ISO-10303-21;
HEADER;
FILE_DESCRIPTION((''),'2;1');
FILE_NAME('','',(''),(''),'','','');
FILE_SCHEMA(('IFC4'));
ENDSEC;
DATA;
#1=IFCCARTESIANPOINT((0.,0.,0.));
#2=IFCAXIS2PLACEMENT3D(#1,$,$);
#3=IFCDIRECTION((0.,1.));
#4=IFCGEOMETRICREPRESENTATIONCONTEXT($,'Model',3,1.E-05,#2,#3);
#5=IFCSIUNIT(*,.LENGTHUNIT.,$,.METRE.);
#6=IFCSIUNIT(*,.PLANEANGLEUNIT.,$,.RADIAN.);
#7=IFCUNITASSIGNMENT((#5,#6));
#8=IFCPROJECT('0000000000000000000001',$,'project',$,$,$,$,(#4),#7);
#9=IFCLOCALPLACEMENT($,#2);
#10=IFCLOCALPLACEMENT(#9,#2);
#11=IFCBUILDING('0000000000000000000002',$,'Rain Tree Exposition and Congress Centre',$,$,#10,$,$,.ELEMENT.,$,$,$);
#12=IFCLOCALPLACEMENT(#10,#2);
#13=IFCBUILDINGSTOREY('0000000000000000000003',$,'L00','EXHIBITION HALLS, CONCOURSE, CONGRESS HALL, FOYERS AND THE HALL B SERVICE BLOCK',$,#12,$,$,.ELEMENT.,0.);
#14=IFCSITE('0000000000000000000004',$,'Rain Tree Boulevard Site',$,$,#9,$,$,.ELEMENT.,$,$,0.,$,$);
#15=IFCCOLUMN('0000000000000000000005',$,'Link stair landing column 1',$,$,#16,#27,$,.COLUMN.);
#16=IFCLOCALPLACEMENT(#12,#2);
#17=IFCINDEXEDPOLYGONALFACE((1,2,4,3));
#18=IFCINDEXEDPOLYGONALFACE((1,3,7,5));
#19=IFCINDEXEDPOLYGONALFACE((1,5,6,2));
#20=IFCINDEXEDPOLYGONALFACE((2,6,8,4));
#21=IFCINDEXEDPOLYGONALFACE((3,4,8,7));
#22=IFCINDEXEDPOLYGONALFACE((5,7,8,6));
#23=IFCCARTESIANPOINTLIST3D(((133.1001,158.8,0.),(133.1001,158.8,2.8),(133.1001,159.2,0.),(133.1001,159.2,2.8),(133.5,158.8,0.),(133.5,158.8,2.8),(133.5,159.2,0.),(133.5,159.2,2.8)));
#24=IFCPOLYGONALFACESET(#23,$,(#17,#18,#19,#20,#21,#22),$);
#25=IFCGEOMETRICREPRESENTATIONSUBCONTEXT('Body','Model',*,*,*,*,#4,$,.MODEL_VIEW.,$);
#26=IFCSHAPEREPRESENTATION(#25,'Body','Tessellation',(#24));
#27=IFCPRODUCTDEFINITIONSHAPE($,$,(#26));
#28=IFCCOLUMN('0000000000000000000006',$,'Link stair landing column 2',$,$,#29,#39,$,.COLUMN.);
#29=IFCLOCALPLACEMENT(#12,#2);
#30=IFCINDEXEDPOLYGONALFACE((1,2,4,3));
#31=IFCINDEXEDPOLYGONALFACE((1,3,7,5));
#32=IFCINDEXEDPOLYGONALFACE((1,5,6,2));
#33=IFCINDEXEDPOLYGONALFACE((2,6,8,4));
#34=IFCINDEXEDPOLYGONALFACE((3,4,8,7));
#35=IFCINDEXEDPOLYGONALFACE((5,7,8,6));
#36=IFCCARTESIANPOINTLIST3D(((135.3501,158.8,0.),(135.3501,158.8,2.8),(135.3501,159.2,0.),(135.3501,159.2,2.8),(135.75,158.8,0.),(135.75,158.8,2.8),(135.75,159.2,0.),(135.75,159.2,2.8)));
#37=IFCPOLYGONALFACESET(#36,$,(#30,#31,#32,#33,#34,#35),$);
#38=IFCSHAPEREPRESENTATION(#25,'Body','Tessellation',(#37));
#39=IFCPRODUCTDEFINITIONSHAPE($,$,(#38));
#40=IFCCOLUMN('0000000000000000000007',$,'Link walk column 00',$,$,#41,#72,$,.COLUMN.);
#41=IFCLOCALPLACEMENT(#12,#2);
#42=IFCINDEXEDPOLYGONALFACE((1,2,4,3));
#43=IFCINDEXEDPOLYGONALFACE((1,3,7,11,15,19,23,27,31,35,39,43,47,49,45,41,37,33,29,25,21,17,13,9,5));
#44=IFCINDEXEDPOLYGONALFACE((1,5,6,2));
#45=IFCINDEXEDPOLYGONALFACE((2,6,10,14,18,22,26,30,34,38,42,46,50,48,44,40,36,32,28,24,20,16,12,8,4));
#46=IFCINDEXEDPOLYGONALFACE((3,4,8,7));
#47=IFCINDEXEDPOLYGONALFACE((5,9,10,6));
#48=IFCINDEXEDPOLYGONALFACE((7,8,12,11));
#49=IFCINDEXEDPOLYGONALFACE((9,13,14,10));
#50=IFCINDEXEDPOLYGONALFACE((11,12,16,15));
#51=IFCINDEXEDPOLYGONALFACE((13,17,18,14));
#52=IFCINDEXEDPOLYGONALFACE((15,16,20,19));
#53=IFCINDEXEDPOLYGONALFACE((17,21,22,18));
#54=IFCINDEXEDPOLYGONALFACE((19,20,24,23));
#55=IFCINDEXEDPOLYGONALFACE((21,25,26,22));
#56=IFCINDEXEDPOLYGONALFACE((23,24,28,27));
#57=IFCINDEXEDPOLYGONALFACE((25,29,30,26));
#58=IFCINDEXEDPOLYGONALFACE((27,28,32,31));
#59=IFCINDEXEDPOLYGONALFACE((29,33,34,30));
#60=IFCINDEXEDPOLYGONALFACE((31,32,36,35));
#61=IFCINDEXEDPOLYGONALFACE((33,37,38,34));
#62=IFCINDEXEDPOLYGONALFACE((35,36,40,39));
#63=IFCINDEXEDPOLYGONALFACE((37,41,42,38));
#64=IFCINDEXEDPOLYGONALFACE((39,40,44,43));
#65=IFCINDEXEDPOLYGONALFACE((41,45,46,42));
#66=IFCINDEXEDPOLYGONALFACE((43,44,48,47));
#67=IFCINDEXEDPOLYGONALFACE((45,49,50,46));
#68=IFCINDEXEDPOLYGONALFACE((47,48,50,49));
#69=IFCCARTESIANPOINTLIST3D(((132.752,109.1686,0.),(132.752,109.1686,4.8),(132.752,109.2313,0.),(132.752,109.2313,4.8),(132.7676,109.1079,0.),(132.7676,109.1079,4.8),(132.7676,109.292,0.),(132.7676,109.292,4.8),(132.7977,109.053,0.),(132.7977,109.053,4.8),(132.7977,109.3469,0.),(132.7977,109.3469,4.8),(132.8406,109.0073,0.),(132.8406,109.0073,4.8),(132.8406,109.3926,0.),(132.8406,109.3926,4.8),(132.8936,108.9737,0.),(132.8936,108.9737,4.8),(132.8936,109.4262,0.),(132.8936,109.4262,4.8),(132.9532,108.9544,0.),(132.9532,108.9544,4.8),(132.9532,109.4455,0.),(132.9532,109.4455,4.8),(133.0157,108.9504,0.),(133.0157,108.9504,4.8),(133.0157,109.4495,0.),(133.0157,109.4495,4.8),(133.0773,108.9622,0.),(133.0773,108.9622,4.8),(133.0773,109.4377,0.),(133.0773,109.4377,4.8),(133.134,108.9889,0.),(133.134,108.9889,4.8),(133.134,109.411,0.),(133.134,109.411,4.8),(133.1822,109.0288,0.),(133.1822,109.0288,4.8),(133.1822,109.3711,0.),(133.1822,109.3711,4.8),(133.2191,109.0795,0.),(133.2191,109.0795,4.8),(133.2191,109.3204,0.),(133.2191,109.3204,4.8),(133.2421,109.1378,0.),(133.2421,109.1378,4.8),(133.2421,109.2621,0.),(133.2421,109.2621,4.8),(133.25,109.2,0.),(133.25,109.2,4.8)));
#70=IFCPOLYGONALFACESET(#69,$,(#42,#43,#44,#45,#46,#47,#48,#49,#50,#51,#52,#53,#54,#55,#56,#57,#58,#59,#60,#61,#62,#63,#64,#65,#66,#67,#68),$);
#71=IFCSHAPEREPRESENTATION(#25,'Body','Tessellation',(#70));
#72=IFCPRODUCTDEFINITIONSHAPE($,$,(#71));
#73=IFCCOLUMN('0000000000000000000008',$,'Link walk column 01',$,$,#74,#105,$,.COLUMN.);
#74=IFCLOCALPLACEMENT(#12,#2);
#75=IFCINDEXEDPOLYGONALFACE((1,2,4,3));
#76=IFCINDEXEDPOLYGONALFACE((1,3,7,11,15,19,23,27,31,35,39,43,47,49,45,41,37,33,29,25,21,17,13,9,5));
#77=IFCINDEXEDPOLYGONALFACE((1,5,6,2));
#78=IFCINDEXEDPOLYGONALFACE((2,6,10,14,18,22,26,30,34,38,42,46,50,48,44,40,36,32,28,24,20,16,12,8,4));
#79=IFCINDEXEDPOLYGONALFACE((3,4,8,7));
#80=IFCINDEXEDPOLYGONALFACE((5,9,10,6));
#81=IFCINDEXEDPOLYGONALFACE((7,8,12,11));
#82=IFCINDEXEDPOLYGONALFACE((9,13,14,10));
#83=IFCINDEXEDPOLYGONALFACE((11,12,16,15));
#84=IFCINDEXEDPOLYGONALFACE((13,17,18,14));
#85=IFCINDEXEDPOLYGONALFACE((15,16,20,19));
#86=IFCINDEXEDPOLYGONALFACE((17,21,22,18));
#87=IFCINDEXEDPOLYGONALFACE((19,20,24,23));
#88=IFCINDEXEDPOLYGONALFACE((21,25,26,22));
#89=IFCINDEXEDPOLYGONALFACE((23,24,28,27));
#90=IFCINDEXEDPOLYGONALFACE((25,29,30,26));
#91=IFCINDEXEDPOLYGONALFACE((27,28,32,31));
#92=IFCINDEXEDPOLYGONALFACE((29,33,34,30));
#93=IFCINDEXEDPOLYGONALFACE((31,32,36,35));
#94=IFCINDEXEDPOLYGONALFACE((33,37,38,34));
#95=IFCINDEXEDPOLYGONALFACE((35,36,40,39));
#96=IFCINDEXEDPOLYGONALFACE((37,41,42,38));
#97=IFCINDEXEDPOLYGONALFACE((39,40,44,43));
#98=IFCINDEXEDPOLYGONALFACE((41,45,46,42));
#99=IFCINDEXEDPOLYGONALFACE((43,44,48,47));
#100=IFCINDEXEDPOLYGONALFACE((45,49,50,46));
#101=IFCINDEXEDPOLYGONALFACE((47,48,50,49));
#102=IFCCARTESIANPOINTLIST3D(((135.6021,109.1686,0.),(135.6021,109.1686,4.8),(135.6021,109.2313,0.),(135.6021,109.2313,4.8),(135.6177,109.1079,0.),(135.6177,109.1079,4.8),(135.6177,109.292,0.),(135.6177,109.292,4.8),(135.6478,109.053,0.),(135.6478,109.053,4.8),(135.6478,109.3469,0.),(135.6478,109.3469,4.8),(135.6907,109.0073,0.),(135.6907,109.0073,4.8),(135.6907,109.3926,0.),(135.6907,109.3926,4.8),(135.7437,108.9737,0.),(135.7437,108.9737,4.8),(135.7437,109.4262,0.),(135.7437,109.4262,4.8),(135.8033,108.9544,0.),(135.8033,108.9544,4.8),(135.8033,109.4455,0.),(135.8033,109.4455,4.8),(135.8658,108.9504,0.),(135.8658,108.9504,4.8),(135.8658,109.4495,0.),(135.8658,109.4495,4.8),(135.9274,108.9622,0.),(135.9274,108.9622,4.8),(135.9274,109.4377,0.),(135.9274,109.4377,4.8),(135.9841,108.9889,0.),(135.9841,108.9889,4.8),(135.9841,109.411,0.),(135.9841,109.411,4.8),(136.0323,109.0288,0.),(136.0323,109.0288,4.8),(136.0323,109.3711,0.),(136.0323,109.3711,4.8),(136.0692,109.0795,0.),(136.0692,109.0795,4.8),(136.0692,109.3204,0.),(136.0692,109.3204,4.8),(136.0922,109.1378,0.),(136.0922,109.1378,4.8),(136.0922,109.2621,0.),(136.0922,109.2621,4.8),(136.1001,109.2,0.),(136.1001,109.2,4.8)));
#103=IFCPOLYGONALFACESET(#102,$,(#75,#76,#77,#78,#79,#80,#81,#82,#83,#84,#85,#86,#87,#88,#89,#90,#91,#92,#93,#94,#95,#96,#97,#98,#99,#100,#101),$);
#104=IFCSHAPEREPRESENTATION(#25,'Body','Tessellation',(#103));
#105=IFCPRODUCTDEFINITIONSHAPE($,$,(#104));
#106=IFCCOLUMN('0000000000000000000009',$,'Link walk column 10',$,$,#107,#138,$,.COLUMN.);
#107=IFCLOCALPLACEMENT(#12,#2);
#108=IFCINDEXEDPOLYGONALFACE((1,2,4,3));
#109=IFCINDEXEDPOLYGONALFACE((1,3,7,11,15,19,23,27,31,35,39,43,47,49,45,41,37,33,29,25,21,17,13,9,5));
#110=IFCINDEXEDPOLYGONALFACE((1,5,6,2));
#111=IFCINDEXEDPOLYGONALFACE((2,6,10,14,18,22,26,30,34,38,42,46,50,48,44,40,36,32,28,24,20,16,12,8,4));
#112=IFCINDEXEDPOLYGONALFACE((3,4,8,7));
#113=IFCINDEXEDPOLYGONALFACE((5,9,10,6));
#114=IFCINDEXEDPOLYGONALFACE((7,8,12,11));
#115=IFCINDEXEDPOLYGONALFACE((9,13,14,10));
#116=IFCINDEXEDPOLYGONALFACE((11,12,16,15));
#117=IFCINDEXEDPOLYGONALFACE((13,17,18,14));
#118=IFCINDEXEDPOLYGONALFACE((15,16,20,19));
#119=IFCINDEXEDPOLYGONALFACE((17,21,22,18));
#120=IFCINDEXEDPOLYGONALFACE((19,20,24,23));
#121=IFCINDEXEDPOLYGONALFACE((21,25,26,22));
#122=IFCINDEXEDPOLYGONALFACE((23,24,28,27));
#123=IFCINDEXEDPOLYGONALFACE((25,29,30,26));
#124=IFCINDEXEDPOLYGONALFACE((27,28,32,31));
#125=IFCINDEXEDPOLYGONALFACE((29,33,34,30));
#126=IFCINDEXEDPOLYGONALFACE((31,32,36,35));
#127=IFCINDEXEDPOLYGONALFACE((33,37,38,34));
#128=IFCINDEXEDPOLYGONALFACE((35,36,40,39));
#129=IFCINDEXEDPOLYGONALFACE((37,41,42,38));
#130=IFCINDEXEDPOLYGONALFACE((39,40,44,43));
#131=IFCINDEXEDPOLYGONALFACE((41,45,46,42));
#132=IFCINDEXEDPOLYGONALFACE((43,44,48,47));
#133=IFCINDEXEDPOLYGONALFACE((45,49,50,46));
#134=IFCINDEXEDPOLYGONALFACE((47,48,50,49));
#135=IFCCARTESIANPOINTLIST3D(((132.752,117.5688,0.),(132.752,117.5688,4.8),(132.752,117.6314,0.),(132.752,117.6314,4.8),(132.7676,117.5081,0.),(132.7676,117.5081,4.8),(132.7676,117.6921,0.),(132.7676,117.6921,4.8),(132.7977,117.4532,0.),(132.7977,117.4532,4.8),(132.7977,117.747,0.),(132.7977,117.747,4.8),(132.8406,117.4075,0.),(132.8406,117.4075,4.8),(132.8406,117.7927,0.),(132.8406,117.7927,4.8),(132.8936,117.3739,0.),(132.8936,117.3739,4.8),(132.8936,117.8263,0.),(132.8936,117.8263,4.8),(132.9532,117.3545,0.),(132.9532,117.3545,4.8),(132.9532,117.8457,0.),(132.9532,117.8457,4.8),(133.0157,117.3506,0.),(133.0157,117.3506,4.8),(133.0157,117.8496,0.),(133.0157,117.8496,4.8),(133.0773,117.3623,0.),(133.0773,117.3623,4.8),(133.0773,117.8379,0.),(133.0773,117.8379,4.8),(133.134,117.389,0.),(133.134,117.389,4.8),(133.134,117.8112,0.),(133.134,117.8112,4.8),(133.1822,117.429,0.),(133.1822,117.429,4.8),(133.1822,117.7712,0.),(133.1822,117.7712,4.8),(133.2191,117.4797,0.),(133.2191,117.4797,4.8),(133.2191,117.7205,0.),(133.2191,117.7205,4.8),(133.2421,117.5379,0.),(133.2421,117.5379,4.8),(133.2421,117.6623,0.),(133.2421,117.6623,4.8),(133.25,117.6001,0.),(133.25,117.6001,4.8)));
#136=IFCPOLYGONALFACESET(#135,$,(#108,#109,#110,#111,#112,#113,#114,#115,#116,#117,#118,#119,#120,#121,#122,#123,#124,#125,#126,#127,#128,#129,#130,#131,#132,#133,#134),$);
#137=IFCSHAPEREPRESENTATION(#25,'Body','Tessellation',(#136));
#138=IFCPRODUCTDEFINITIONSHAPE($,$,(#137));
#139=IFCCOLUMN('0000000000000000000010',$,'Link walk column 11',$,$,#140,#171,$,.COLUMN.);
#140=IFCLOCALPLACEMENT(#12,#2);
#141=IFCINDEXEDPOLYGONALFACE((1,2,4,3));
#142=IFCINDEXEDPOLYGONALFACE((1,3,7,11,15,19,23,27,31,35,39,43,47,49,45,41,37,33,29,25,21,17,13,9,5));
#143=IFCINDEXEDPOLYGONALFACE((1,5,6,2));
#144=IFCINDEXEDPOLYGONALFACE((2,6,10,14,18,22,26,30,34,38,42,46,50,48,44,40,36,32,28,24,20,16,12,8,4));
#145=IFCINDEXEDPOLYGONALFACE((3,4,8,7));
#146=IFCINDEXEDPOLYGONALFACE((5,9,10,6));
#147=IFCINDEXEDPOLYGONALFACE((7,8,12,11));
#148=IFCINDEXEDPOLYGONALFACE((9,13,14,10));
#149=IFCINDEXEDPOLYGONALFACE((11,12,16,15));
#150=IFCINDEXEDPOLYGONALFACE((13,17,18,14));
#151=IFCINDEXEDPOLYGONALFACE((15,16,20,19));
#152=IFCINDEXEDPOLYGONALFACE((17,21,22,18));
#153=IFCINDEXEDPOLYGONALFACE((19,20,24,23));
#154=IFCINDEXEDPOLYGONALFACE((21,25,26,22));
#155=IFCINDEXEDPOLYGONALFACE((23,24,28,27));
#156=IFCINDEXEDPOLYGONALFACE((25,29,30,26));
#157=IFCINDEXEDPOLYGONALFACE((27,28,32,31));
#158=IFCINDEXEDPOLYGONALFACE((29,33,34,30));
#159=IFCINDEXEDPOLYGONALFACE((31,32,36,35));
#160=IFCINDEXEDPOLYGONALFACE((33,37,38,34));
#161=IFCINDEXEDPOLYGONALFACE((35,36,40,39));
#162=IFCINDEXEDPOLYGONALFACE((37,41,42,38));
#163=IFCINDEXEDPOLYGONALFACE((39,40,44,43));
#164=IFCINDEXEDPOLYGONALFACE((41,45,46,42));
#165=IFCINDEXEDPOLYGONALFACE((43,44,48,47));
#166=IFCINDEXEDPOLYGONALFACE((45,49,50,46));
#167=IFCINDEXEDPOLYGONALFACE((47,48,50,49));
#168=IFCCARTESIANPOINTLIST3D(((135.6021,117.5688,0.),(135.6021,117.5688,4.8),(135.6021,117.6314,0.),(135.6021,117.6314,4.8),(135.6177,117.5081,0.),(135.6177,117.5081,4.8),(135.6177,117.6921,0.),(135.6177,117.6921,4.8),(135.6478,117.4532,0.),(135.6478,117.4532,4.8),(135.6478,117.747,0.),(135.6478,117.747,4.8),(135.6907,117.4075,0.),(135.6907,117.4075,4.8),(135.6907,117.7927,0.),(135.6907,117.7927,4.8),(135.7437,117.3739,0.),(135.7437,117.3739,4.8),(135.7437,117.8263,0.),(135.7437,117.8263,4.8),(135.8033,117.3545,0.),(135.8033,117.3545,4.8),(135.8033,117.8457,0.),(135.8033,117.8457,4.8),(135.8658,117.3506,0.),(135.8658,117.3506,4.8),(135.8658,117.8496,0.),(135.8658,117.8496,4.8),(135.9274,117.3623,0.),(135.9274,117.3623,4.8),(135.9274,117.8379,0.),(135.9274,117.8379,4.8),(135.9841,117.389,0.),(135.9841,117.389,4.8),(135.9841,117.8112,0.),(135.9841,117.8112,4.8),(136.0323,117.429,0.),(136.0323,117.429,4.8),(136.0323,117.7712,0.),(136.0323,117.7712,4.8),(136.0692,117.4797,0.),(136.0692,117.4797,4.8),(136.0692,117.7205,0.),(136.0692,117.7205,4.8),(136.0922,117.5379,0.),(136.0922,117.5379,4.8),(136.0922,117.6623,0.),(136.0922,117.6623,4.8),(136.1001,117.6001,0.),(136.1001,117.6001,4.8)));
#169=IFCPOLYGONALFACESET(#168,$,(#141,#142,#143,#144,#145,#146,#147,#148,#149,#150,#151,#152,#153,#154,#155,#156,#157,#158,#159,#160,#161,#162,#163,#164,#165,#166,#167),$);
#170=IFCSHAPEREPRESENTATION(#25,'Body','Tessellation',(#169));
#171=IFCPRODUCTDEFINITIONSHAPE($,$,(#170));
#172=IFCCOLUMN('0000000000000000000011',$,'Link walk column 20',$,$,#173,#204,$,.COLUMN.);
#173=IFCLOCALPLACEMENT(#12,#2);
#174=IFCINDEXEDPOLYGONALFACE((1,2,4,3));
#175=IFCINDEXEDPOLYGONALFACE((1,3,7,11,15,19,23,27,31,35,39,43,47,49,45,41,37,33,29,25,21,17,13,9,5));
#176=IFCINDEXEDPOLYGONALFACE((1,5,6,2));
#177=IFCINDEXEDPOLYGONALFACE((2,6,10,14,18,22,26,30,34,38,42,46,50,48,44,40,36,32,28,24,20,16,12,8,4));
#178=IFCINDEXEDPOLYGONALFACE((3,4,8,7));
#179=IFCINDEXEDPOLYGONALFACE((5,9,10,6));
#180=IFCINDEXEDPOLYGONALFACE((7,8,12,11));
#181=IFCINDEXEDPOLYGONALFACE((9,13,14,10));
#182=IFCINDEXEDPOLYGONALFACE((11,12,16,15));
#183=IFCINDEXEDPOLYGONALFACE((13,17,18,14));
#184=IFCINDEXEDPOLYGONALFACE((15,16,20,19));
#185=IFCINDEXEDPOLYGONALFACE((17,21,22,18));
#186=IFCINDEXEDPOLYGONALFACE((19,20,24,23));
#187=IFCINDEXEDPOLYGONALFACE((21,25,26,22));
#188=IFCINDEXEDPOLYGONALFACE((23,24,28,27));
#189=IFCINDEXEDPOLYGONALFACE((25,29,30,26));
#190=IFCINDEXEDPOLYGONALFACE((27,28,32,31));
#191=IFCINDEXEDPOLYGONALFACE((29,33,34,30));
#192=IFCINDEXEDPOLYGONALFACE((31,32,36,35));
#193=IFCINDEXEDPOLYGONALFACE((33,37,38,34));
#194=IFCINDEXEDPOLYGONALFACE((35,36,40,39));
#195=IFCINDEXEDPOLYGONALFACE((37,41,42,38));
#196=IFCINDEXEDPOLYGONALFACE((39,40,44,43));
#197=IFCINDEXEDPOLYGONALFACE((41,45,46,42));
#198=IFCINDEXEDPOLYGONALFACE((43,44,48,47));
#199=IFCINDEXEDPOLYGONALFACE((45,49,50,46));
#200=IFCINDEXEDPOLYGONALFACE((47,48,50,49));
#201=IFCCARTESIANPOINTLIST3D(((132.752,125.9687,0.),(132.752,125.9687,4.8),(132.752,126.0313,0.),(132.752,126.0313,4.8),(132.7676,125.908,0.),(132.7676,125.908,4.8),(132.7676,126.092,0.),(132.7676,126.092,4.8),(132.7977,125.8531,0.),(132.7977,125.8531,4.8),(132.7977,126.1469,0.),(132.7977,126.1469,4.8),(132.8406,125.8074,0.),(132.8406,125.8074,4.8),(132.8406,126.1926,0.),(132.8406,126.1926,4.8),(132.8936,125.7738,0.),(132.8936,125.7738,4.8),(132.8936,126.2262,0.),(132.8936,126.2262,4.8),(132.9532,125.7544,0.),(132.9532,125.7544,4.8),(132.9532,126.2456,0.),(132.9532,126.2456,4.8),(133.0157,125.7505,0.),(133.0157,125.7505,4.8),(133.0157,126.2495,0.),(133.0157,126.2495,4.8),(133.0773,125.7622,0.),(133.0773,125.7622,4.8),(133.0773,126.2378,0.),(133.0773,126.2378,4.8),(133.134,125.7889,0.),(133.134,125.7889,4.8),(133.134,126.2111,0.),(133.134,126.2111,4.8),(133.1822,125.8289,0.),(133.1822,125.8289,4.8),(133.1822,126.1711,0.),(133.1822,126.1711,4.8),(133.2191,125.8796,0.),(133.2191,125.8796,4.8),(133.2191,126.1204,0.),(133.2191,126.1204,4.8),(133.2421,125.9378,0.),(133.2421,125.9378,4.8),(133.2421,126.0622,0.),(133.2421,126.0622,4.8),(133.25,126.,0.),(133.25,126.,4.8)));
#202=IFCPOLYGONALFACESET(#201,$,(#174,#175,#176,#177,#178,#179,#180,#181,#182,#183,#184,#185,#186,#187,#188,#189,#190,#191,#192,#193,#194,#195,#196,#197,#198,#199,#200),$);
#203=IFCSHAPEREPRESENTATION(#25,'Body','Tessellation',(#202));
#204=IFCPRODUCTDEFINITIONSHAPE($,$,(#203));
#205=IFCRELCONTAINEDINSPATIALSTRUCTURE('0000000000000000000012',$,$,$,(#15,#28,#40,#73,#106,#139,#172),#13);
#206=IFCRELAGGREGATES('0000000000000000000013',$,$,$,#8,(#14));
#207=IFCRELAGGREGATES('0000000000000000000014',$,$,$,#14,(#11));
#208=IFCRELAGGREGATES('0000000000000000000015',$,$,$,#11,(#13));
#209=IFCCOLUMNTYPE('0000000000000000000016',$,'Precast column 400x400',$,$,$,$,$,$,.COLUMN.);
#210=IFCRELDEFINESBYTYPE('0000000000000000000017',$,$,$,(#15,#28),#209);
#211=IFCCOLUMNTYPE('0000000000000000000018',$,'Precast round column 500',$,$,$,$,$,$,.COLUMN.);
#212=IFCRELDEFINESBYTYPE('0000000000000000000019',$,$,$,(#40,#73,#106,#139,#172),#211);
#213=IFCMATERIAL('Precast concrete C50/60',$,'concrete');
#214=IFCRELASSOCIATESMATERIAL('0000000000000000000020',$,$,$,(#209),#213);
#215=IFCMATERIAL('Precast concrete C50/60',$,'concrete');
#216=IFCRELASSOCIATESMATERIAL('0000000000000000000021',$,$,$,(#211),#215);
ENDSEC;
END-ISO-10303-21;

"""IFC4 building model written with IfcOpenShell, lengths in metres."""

from ifc_helpers import new_model, si_unit, direction, frame, origin, origin_2d, place, context, subcontext, project, spatial, rectangle, circle, extrude, material, material_profile, profile_set, type_object, element, save


model = new_model("IFC4")

# Units and contexts
model_context = context("Model", 3, precision=1e-05, world=origin(), true_north=direction((0.0, 1.0)))
body_context = subcontext(model_context, "Body", "Model", "MODEL_VIEW")
ifc_project = project(units=[si_unit("LENGTHUNIT", "METRE"), si_unit("PLANEANGLEUNIT", "RADIAN")], contexts=[model_context])

# Site, building, storey
site_placement = place(None, origin())
site = spatial("IfcSite", under=ifc_project, at=site_placement, Name="Rain Tree Boulevard Site", CompositionType="ELEMENT", RefElevation=0.0)
building_placement = place(site_placement, origin())
building = spatial("IfcBuilding", under=site, at=building_placement, Name="Rain Tree Exposition and Congress Centre", CompositionType="ELEMENT")
storey_placement = place(building_placement, origin())
storey = spatial("IfcBuildingStorey", under=building, at=storey_placement, Name="L00", Description="EXHIBITION HALLS, CONCOURSE, CONGRESS HALL, FOYERS AND THE HALL B SERVICE BLOCK", CompositionType="ELEMENT", Elevation=0.0)

# Columns
ifc_material_1 = material(Name="Precast concrete C50/60", Category="concrete")
ifc_material_profile_1 = material_profile(ifc_material_1, rectangle(XDim=0.3999, YDim=0.3999, at=origin_2d()), Name="RC 400x400")
ifc_profile_set_1 = profile_set([ifc_material_profile_1], Name="Precast concrete C50/60")
column_type_1 = type_object("IfcColumnType", Name="Precast column 400x400", PredefinedType="COLUMN", material=ifc_profile_set_1)
for number, where, z_axis, x_axis, name in (
    (1, (133.3, 159.0, 0.0), (0.0, 0.0, 1.0), (1.0, 0.0, 0.0), "Link stair landing column 1"),
    (2, (135.55, 159.0, 0.0), (0.0, 0.0, 1.0), (1.0, 0.0, 0.0), "Link stair landing column 2"),
):
    element("IfcColumn", number, at=place(storey_placement, frame(where, z_axis=z_axis, x_axis=x_axis)), inside=storey, type_object=column_type_1, Name=name, PredefinedType="COLUMN", context=body_context, shape_type="SweptSolid", body=[
        extrude(rectangle(XDim=0.3999, YDim=0.3999, at=origin_2d()), origin(), (0.0, 0.0, 1.0), 2.8),
    ])
ifc_material_2 = material(Name="Precast concrete C50/60", Category="concrete")
ifc_material_profile_2 = material_profile(ifc_material_2, circle(Radius=0.25, at=origin_2d()), Name="RC D500")
ifc_profile_set_2 = profile_set([ifc_material_profile_2], Name="Precast concrete C50/60")
column_type_2 = type_object("IfcColumnType", Name="Precast round column 500", PredefinedType="COLUMN", material=ifc_profile_set_2)
for number, where, z_axis, x_axis, name in (
    (3, (133.0, 109.2, 0.0), (0.0, 0.0, 1.0), (1.0, 0.0, 0.0), "Link walk column 00"),
    (4, (135.8501, 109.2, 0.0), (0.0, 0.0, 1.0), (1.0, 0.0, 0.0), "Link walk column 01"),
    (5, (133.0, 117.6001, 0.0), (0.0, 0.0, 1.0), (1.0, 0.0, 0.0), "Link walk column 10"),
    (6, (135.8501, 117.6001, 0.0), (0.0, 0.0, 1.0), (1.0, 0.0, 0.0), "Link walk column 11"),
    (7, (133.0, 126.0, 0.0), (0.0, 0.0, 1.0), (1.0, 0.0, 0.0), "Link walk column 20"),
):
    element("IfcColumn", number, at=place(storey_placement, frame(where, z_axis=z_axis, x_axis=x_axis)), inside=storey, type_object=column_type_2, Name=name, PredefinedType="COLUMN", context=body_context, shape_type="SweptSolid", body=[
        extrude(circle(Radius=0.25, at=origin_2d()), origin(), (0.0, 0.0, 1.0), 4.8),
    ])

save(model, "model.ifc")
